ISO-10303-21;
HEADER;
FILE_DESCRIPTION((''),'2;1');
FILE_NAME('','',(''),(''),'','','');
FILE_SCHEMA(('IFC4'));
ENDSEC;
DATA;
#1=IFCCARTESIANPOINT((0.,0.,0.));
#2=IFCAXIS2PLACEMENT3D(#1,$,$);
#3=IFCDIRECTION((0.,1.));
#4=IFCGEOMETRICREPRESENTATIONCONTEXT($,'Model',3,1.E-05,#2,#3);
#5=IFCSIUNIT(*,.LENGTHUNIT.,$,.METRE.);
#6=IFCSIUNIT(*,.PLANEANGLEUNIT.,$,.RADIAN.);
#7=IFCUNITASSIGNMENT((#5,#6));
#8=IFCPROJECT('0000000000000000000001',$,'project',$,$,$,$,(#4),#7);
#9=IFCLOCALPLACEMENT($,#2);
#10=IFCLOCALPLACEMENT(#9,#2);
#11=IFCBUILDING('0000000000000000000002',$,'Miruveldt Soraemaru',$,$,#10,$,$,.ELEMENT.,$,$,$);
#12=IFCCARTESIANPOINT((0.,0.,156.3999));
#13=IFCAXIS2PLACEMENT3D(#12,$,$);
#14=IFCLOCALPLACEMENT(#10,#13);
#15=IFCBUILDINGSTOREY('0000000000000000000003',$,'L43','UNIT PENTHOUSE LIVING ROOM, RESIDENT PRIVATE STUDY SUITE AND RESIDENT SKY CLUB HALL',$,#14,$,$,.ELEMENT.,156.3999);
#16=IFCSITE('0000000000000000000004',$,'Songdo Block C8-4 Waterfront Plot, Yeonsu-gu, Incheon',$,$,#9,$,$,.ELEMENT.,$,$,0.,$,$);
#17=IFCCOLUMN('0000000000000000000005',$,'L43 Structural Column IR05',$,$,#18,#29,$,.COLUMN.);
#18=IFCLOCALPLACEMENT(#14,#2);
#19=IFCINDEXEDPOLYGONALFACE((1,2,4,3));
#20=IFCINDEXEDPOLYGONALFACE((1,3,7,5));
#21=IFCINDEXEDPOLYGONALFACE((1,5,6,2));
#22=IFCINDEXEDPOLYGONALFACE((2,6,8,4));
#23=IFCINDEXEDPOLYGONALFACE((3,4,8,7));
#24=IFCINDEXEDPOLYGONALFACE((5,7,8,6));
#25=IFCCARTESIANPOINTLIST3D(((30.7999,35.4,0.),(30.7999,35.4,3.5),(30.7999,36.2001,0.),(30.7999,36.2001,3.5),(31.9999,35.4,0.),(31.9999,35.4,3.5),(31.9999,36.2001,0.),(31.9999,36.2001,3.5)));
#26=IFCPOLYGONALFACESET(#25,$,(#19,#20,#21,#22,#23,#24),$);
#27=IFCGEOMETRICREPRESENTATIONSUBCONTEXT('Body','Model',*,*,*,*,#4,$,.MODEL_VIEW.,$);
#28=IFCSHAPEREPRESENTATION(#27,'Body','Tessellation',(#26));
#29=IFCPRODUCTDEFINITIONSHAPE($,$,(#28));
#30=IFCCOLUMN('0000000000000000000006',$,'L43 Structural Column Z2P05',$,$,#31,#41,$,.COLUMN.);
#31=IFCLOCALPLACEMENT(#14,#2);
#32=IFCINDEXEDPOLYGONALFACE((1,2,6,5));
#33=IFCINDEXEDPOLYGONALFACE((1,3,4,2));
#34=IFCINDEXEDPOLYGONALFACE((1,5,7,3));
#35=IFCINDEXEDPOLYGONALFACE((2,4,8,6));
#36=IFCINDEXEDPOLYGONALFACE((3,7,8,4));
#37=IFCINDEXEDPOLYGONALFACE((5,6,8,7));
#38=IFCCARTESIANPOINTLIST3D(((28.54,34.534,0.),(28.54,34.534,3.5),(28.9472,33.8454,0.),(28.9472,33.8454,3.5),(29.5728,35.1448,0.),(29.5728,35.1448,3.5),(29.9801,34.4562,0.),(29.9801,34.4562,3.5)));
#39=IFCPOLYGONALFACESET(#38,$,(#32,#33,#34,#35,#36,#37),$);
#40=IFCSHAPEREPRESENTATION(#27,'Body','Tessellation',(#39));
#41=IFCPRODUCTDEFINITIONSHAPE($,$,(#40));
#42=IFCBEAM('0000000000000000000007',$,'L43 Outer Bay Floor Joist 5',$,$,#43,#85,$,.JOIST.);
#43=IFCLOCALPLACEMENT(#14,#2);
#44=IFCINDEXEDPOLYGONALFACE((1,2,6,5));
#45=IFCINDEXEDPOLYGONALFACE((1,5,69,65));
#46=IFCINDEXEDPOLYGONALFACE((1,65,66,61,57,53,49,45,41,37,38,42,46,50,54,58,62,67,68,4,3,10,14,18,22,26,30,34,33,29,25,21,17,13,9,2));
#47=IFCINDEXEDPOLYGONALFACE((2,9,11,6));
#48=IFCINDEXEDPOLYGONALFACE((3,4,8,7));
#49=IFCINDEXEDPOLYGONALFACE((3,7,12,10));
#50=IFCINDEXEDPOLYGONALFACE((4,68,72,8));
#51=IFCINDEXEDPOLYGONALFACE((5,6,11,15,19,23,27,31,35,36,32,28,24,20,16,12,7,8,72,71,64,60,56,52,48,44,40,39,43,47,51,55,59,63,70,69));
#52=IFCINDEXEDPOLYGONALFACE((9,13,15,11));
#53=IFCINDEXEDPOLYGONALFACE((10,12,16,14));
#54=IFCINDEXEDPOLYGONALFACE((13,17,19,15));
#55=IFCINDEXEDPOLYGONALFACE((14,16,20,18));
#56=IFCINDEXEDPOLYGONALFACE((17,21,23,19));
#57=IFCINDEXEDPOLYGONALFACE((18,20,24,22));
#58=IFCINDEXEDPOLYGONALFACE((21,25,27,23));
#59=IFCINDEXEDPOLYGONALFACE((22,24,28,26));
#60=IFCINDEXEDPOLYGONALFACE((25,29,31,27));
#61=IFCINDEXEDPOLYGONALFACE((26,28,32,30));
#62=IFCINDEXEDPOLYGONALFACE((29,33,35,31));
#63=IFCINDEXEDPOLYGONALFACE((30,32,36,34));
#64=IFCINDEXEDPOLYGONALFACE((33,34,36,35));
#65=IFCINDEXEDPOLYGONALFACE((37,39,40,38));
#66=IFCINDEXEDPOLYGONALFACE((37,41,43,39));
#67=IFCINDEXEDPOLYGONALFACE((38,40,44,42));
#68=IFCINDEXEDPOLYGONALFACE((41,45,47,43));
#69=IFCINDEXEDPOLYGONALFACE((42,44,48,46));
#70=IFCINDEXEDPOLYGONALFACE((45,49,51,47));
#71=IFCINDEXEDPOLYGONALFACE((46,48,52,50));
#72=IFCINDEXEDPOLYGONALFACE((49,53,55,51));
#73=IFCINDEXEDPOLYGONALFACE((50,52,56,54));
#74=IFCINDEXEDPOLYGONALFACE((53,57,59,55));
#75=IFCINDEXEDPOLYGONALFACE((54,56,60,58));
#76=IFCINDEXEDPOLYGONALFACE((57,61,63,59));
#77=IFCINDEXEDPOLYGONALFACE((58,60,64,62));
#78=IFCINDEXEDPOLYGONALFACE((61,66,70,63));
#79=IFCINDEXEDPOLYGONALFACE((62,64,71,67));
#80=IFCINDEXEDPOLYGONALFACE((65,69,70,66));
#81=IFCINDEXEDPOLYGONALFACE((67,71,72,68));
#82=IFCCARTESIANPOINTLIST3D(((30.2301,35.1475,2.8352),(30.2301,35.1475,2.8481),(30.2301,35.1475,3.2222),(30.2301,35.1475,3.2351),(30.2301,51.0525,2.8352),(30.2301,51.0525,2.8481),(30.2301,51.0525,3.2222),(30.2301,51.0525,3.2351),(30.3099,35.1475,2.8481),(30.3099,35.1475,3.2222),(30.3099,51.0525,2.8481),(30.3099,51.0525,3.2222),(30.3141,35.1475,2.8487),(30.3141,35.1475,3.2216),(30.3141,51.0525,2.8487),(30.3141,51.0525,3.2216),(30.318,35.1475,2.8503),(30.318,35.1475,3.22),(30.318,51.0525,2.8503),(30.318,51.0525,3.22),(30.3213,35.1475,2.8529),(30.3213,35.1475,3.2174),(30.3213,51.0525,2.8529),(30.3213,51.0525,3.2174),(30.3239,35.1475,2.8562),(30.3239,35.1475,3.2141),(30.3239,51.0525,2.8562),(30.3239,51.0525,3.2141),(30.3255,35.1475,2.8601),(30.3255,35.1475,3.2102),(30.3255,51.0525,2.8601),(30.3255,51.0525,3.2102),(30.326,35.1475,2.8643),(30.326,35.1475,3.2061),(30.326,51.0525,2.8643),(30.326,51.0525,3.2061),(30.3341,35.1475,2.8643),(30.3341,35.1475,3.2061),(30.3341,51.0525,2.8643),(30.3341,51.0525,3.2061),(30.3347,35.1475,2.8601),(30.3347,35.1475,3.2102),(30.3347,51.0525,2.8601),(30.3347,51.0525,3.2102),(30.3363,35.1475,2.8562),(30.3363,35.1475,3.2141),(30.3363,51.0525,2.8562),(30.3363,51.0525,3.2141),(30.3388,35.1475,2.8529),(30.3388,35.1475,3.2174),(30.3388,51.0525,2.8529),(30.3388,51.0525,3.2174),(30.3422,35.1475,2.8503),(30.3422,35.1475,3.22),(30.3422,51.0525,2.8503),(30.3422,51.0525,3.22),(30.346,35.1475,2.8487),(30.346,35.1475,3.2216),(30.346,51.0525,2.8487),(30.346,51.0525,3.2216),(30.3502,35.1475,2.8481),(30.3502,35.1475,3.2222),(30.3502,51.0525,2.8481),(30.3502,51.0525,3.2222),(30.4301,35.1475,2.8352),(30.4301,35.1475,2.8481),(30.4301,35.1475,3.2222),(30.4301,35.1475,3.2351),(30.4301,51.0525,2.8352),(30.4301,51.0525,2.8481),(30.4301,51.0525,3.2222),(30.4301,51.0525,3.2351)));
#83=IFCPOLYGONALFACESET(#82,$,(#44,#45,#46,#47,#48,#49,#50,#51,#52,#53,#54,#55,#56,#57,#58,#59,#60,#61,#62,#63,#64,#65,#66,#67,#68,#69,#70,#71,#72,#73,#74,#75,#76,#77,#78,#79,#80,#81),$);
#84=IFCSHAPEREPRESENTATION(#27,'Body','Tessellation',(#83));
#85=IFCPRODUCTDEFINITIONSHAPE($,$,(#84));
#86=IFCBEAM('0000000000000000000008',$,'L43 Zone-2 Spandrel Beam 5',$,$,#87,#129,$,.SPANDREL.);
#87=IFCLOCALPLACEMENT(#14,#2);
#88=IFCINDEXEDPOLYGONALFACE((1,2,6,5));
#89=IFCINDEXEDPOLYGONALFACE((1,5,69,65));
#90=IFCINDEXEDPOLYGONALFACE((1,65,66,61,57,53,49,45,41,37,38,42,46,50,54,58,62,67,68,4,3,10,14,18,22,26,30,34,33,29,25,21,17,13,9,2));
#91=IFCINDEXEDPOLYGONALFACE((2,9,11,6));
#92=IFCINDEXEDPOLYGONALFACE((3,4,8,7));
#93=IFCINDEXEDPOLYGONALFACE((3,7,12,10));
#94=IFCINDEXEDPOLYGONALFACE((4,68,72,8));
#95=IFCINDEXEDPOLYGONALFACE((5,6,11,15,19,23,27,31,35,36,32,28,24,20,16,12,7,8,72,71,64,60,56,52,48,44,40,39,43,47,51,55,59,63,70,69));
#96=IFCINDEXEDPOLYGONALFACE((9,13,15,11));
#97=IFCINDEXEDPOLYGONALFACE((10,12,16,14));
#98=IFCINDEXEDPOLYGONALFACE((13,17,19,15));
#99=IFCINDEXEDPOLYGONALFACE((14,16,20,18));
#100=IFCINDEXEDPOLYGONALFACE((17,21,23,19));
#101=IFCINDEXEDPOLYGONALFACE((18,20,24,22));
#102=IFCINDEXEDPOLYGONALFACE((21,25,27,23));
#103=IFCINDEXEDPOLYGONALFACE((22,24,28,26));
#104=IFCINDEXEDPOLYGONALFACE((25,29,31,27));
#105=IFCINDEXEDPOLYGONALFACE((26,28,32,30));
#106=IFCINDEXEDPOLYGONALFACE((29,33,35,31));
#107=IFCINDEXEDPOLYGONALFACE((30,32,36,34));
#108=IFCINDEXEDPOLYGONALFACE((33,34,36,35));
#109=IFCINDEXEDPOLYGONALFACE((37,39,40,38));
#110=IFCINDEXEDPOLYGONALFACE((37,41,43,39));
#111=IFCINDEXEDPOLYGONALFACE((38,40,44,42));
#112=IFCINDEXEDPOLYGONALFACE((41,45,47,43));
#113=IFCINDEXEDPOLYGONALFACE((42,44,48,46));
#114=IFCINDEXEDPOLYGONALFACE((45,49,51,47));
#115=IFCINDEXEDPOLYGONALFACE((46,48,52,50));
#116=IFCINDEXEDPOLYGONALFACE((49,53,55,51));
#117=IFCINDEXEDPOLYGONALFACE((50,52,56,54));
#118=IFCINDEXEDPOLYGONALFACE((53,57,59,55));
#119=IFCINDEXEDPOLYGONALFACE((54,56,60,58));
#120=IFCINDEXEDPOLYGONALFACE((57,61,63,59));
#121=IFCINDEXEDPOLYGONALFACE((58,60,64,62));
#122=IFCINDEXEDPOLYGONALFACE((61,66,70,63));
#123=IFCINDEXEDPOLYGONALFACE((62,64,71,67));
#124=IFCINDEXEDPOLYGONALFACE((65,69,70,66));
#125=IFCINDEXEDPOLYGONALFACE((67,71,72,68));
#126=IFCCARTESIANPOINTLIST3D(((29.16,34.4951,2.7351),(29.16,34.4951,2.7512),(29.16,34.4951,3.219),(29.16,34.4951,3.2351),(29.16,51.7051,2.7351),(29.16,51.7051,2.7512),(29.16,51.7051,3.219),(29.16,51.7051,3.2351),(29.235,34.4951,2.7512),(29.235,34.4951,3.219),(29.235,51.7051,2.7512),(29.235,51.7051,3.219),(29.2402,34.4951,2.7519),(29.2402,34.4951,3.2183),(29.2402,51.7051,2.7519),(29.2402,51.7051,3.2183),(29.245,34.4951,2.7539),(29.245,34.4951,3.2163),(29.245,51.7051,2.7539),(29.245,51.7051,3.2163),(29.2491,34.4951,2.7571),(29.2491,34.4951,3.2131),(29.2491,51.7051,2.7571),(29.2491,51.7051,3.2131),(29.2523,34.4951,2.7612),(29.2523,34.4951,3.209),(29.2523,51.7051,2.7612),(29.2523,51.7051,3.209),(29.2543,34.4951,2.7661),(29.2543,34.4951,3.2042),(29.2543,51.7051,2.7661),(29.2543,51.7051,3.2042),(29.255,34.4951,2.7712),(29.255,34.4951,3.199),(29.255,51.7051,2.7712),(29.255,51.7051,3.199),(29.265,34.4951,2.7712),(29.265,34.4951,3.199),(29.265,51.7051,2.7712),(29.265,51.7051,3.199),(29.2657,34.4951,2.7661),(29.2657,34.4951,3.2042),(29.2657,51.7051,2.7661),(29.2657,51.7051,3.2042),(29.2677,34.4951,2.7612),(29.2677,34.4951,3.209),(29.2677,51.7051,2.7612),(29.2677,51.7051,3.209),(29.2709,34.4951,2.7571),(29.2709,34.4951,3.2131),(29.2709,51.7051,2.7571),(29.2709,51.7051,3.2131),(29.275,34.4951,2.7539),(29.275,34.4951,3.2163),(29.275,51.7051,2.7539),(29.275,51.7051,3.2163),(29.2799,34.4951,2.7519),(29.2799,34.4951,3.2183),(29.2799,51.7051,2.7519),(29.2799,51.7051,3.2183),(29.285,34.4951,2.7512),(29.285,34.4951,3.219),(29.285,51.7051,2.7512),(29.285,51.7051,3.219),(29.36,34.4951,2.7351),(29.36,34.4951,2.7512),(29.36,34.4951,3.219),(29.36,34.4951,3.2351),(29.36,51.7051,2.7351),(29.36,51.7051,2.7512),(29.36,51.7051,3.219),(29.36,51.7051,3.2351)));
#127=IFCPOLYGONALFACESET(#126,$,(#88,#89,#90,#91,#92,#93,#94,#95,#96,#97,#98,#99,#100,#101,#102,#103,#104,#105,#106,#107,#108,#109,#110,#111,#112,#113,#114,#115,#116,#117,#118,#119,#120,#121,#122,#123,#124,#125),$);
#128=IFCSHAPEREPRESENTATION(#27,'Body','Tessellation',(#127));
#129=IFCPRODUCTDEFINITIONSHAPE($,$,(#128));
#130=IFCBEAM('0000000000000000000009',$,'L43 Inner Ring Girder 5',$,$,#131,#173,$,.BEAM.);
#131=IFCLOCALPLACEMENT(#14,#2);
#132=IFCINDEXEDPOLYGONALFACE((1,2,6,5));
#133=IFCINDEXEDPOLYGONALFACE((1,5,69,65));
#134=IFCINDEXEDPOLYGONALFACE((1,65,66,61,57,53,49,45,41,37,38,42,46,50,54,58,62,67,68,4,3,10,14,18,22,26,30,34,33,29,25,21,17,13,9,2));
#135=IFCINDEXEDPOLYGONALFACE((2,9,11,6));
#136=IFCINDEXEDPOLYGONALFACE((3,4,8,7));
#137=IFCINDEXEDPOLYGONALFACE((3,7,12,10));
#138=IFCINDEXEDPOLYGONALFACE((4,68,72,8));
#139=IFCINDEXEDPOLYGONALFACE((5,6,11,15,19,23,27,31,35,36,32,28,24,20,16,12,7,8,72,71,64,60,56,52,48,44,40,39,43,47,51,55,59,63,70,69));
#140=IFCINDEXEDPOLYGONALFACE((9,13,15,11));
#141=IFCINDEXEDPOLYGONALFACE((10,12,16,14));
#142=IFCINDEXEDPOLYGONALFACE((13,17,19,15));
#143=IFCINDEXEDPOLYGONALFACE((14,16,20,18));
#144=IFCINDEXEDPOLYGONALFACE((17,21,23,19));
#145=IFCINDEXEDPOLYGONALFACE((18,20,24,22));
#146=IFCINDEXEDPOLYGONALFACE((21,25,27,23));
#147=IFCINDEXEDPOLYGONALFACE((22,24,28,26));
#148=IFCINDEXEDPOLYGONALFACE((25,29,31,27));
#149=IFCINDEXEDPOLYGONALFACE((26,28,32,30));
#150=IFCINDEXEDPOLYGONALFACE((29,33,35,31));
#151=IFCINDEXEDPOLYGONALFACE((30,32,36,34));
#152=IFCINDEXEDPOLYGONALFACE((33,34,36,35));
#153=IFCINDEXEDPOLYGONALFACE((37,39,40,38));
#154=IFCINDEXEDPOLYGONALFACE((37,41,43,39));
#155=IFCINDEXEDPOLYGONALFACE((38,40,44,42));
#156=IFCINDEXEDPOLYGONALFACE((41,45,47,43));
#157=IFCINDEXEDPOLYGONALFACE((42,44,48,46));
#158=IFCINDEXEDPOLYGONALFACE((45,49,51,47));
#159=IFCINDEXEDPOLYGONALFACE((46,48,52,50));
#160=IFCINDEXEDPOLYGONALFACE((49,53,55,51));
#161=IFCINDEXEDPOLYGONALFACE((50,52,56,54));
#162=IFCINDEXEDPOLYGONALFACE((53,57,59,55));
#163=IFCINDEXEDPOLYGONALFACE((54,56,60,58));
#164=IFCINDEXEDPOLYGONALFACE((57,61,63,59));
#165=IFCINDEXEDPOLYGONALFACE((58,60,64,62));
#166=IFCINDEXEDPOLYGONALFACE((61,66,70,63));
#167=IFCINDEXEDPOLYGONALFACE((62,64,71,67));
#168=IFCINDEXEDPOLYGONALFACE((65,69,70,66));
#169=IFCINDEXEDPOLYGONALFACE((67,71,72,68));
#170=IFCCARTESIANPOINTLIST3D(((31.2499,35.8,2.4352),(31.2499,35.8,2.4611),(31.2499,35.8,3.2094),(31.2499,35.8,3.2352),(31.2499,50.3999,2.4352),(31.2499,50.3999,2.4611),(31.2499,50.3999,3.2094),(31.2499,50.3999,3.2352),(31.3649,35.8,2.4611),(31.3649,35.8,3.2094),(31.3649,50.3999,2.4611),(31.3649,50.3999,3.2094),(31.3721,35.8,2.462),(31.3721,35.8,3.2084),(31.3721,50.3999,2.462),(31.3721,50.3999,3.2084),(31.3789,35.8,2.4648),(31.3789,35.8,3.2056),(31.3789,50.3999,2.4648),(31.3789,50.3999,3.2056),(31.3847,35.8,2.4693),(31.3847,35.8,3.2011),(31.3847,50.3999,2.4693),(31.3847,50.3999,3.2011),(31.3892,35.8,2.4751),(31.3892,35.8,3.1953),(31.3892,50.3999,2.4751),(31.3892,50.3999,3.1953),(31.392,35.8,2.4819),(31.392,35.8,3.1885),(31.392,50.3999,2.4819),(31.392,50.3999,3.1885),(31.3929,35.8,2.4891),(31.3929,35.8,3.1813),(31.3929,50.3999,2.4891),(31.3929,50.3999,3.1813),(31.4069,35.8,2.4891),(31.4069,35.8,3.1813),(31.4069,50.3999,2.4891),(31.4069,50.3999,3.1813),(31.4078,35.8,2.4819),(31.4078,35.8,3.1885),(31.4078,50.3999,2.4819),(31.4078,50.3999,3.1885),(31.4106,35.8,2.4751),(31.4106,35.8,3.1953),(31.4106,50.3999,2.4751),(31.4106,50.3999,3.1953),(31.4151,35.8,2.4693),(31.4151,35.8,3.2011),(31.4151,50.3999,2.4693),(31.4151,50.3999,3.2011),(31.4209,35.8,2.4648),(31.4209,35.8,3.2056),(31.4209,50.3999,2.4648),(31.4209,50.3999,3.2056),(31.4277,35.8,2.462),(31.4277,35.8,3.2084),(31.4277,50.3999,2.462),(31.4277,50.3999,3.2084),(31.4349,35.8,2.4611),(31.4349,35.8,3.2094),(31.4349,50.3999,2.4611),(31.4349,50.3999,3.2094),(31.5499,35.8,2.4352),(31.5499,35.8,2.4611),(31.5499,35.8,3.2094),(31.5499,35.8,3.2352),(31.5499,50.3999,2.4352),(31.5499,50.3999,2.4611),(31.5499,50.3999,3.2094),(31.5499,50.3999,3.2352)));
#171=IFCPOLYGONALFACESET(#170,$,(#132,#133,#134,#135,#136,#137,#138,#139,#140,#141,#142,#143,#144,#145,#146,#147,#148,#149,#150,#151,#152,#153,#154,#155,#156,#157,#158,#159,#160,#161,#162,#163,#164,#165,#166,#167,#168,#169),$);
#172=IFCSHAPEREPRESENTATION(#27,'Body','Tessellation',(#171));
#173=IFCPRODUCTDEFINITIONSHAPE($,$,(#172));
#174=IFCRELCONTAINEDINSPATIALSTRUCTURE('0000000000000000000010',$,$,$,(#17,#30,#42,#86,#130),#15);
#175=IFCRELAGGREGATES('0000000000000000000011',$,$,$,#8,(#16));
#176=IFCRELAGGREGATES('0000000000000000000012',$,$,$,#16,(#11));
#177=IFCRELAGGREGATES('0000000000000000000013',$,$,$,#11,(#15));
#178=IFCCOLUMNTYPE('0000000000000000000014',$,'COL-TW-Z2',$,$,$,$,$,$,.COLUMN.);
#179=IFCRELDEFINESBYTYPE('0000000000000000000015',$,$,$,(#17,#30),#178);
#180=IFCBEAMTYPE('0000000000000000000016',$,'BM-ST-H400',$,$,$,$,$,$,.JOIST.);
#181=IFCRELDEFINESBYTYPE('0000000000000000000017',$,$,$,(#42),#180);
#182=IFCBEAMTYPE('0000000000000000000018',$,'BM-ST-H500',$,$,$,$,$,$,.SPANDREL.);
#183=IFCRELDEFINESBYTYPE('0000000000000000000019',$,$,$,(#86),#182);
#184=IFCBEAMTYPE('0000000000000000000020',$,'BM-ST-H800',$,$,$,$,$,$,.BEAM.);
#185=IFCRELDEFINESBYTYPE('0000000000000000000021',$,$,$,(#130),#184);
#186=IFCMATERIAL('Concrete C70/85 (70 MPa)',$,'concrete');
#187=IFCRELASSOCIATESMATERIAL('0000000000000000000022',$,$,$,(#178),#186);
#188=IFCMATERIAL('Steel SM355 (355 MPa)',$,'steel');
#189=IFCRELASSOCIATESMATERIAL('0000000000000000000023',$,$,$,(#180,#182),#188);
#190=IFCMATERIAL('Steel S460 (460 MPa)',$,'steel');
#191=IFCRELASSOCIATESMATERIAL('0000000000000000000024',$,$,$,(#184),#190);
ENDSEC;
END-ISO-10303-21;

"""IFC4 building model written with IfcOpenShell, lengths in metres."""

from ifc_helpers import new_model, si_unit, direction, frame, origin, origin_2d, place, context, subcontext, project, spatial, rectangle, i_section, extrude, material, material_profile, profile_set, type_object, element, save


model = new_model("IFC4")

# Units and contexts
model_context = context("Model", 3, precision=1e-05, world=origin(), true_north=direction((0.0, 1.0)))
body_context = subcontext(model_context, "Body", "Model", "MODEL_VIEW")
ifc_project = project(units=[si_unit("LENGTHUNIT", "METRE"), si_unit("PLANEANGLEUNIT", "RADIAN")], contexts=[model_context])

# Site, building, storey
site_placement = place(None, origin())
site = spatial("IfcSite", under=ifc_project, at=site_placement, Name="Songdo Block C8-4 Waterfront Plot, Yeonsu-gu, Incheon", CompositionType="ELEMENT", RefElevation=0.0)
building_placement = place(site_placement, origin())
building = spatial("IfcBuilding", under=site, at=building_placement, Name="Miruveldt Soraemaru", CompositionType="ELEMENT")
storey_placement = place(building_placement, frame((0.0, 0.0, 156.3999)))
storey = spatial("IfcBuildingStorey", under=building, at=storey_placement, Name="L43", Description="UNIT PENTHOUSE LIVING ROOM, RESIDENT PRIVATE STUDY SUITE AND RESIDENT SKY CLUB HALL", CompositionType="ELEMENT", Elevation=156.3999)

# Columns
ifc_material_1 = material(Name="Concrete C70/85 (70 MPa)", Category="concrete")
ifc_material_profile_1 = material_profile(ifc_material_1, rectangle(XDim=1.2, YDim=0.8, at=origin_2d()), Name="Concrete C70/85 (70 MPa)", Category="concrete")
ifc_profile_set_1 = profile_set([ifc_material_profile_1], Name="Concrete C70/85 (70 MPa)")
column_type = type_object("IfcColumnType", Name="COL-TW-Z2", PredefinedType="COLUMN", material=ifc_profile_set_1)
for number, where, z_axis, x_axis, name in (
    (1, (31.3999, 35.8, 0.0), (0.0, 0.0, 1.0), (1.0, 0.0, 0.0), "L43 Structural Column IR05"),
    (2, (29.26, 34.4951, 0.0), (0.0, 0.0, 1.0), (0.860742, 0.509041, 0.0), "L43 Structural Column Z2P05"),
):
    element("IfcColumn", number, at=place(storey_placement, frame(where, z_axis=z_axis, x_axis=x_axis)), inside=storey, type_object=column_type, Name=name, PredefinedType="COLUMN", context=body_context, shape_type="SweptSolid", body=[
        extrude(rectangle(XDim=1.2, YDim=0.8, at=origin_2d()), origin(), (0.0, 0.0, 1.0), 3.5),
    ])

# Beams
ifc_material_2 = material(Name="Steel SM355 (355 MPa)", Category="steel")
ifc_material_profile_2 = material_profile(ifc_material_2, i_section(OverallWidth=0.2, OverallDepth=0.3999, WebThickness=0.0081, FlangeThickness=0.0129, FilletRadius=0.0161, at=origin_2d()), Name="Steel SM355 (355 MPa)", Category="steel")
ifc_profile_set_2 = profile_set([ifc_material_profile_2], Name="Steel SM355 (355 MPa)")
beam_type_1 = type_object("IfcBeamType", Name="BM-ST-H400", PredefinedType="JOIST", material=ifc_profile_set_2)
beam_1_placement = place(storey_placement, frame((30.3301, 35.1475, 3.0352), z_axis=(0.0, 1.0, 0.0), x_axis=(-1.0, 0.0, 0.0)))
element("IfcBeam", 3, at=beam_1_placement, inside=storey, type_object=beam_type_1, Name="L43 Outer Bay Floor Joist 5", PredefinedType="JOIST", context=body_context, shape_type="SweptSolid", body=[
    extrude(i_section(OverallWidth=0.2, OverallDepth=0.3999, WebThickness=0.0081, FlangeThickness=0.0129, FilletRadius=0.0161, at=origin_2d()), origin(), (0.0, 0.0, 1.0), 15.905),
])
ifc_material_profile_3 = material_profile(ifc_material_2, i_section(OverallWidth=0.2, OverallDepth=0.5, WebThickness=0.01, FlangeThickness=0.0161, FilletRadius=0.02, at=origin_2d()), Name="Steel SM355 (355 MPa)", Category="steel")
ifc_profile_set_3 = profile_set([ifc_material_profile_3], Name="Steel SM355 (355 MPa)")
beam_type_2 = type_object("IfcBeamType", Name="BM-ST-H500", PredefinedType="SPANDREL", material=ifc_profile_set_3)
beam_2_placement = place(storey_placement, frame((29.26, 34.4951, 2.9851), z_axis=(0.0, 1.0, 0.0), x_axis=(-1.0, 0.0, 0.0)))
element("IfcBeam", 4, at=beam_2_placement, inside=storey, type_object=beam_type_2, Name="L43 Zone-2 Spandrel Beam 5", PredefinedType="SPANDREL", context=body_context, shape_type="SweptSolid", body=[
    extrude(i_section(OverallWidth=0.2, OverallDepth=0.5, WebThickness=0.01, FlangeThickness=0.0161, FilletRadius=0.02, at=origin_2d()), origin(), (0.0, 0.0, 1.0), 17.21),
])
ifc_material_3 = material(Name="Steel S460 (460 MPa)", Category="steel")
ifc_material_profile_4 = material_profile(ifc_material_3, i_section(OverallWidth=0.3, OverallDepth=0.8, WebThickness=0.0139, FlangeThickness=0.0259, FilletRadius=0.0281, at=origin_2d()), Name="Steel S460 (460 MPa)", Category="steel")
ifc_profile_set_4 = profile_set([ifc_material_profile_4], Name="Steel S460 (460 MPa)")
beam_type_3 = type_object("IfcBeamType", Name="BM-ST-H800", PredefinedType="BEAM", material=ifc_profile_set_4)
beam_3_placement = place(storey_placement, frame((31.3999, 35.8, 2.8352), z_axis=(0.0, 1.0, 0.0), x_axis=(-1.0, 0.0, 0.0)))
element("IfcBeam", 5, at=beam_3_placement, inside=storey, type_object=beam_type_3, Name="L43 Inner Ring Girder 5", PredefinedType="BEAM", context=body_context, shape_type="SweptSolid", body=[
    extrude(i_section(OverallWidth=0.3, OverallDepth=0.8, WebThickness=0.0139, FlangeThickness=0.0259, FilletRadius=0.0281, at=origin_2d()), origin(), (0.0, 0.0, 1.0), 14.5999),
])

save(model, "model.ifc")
